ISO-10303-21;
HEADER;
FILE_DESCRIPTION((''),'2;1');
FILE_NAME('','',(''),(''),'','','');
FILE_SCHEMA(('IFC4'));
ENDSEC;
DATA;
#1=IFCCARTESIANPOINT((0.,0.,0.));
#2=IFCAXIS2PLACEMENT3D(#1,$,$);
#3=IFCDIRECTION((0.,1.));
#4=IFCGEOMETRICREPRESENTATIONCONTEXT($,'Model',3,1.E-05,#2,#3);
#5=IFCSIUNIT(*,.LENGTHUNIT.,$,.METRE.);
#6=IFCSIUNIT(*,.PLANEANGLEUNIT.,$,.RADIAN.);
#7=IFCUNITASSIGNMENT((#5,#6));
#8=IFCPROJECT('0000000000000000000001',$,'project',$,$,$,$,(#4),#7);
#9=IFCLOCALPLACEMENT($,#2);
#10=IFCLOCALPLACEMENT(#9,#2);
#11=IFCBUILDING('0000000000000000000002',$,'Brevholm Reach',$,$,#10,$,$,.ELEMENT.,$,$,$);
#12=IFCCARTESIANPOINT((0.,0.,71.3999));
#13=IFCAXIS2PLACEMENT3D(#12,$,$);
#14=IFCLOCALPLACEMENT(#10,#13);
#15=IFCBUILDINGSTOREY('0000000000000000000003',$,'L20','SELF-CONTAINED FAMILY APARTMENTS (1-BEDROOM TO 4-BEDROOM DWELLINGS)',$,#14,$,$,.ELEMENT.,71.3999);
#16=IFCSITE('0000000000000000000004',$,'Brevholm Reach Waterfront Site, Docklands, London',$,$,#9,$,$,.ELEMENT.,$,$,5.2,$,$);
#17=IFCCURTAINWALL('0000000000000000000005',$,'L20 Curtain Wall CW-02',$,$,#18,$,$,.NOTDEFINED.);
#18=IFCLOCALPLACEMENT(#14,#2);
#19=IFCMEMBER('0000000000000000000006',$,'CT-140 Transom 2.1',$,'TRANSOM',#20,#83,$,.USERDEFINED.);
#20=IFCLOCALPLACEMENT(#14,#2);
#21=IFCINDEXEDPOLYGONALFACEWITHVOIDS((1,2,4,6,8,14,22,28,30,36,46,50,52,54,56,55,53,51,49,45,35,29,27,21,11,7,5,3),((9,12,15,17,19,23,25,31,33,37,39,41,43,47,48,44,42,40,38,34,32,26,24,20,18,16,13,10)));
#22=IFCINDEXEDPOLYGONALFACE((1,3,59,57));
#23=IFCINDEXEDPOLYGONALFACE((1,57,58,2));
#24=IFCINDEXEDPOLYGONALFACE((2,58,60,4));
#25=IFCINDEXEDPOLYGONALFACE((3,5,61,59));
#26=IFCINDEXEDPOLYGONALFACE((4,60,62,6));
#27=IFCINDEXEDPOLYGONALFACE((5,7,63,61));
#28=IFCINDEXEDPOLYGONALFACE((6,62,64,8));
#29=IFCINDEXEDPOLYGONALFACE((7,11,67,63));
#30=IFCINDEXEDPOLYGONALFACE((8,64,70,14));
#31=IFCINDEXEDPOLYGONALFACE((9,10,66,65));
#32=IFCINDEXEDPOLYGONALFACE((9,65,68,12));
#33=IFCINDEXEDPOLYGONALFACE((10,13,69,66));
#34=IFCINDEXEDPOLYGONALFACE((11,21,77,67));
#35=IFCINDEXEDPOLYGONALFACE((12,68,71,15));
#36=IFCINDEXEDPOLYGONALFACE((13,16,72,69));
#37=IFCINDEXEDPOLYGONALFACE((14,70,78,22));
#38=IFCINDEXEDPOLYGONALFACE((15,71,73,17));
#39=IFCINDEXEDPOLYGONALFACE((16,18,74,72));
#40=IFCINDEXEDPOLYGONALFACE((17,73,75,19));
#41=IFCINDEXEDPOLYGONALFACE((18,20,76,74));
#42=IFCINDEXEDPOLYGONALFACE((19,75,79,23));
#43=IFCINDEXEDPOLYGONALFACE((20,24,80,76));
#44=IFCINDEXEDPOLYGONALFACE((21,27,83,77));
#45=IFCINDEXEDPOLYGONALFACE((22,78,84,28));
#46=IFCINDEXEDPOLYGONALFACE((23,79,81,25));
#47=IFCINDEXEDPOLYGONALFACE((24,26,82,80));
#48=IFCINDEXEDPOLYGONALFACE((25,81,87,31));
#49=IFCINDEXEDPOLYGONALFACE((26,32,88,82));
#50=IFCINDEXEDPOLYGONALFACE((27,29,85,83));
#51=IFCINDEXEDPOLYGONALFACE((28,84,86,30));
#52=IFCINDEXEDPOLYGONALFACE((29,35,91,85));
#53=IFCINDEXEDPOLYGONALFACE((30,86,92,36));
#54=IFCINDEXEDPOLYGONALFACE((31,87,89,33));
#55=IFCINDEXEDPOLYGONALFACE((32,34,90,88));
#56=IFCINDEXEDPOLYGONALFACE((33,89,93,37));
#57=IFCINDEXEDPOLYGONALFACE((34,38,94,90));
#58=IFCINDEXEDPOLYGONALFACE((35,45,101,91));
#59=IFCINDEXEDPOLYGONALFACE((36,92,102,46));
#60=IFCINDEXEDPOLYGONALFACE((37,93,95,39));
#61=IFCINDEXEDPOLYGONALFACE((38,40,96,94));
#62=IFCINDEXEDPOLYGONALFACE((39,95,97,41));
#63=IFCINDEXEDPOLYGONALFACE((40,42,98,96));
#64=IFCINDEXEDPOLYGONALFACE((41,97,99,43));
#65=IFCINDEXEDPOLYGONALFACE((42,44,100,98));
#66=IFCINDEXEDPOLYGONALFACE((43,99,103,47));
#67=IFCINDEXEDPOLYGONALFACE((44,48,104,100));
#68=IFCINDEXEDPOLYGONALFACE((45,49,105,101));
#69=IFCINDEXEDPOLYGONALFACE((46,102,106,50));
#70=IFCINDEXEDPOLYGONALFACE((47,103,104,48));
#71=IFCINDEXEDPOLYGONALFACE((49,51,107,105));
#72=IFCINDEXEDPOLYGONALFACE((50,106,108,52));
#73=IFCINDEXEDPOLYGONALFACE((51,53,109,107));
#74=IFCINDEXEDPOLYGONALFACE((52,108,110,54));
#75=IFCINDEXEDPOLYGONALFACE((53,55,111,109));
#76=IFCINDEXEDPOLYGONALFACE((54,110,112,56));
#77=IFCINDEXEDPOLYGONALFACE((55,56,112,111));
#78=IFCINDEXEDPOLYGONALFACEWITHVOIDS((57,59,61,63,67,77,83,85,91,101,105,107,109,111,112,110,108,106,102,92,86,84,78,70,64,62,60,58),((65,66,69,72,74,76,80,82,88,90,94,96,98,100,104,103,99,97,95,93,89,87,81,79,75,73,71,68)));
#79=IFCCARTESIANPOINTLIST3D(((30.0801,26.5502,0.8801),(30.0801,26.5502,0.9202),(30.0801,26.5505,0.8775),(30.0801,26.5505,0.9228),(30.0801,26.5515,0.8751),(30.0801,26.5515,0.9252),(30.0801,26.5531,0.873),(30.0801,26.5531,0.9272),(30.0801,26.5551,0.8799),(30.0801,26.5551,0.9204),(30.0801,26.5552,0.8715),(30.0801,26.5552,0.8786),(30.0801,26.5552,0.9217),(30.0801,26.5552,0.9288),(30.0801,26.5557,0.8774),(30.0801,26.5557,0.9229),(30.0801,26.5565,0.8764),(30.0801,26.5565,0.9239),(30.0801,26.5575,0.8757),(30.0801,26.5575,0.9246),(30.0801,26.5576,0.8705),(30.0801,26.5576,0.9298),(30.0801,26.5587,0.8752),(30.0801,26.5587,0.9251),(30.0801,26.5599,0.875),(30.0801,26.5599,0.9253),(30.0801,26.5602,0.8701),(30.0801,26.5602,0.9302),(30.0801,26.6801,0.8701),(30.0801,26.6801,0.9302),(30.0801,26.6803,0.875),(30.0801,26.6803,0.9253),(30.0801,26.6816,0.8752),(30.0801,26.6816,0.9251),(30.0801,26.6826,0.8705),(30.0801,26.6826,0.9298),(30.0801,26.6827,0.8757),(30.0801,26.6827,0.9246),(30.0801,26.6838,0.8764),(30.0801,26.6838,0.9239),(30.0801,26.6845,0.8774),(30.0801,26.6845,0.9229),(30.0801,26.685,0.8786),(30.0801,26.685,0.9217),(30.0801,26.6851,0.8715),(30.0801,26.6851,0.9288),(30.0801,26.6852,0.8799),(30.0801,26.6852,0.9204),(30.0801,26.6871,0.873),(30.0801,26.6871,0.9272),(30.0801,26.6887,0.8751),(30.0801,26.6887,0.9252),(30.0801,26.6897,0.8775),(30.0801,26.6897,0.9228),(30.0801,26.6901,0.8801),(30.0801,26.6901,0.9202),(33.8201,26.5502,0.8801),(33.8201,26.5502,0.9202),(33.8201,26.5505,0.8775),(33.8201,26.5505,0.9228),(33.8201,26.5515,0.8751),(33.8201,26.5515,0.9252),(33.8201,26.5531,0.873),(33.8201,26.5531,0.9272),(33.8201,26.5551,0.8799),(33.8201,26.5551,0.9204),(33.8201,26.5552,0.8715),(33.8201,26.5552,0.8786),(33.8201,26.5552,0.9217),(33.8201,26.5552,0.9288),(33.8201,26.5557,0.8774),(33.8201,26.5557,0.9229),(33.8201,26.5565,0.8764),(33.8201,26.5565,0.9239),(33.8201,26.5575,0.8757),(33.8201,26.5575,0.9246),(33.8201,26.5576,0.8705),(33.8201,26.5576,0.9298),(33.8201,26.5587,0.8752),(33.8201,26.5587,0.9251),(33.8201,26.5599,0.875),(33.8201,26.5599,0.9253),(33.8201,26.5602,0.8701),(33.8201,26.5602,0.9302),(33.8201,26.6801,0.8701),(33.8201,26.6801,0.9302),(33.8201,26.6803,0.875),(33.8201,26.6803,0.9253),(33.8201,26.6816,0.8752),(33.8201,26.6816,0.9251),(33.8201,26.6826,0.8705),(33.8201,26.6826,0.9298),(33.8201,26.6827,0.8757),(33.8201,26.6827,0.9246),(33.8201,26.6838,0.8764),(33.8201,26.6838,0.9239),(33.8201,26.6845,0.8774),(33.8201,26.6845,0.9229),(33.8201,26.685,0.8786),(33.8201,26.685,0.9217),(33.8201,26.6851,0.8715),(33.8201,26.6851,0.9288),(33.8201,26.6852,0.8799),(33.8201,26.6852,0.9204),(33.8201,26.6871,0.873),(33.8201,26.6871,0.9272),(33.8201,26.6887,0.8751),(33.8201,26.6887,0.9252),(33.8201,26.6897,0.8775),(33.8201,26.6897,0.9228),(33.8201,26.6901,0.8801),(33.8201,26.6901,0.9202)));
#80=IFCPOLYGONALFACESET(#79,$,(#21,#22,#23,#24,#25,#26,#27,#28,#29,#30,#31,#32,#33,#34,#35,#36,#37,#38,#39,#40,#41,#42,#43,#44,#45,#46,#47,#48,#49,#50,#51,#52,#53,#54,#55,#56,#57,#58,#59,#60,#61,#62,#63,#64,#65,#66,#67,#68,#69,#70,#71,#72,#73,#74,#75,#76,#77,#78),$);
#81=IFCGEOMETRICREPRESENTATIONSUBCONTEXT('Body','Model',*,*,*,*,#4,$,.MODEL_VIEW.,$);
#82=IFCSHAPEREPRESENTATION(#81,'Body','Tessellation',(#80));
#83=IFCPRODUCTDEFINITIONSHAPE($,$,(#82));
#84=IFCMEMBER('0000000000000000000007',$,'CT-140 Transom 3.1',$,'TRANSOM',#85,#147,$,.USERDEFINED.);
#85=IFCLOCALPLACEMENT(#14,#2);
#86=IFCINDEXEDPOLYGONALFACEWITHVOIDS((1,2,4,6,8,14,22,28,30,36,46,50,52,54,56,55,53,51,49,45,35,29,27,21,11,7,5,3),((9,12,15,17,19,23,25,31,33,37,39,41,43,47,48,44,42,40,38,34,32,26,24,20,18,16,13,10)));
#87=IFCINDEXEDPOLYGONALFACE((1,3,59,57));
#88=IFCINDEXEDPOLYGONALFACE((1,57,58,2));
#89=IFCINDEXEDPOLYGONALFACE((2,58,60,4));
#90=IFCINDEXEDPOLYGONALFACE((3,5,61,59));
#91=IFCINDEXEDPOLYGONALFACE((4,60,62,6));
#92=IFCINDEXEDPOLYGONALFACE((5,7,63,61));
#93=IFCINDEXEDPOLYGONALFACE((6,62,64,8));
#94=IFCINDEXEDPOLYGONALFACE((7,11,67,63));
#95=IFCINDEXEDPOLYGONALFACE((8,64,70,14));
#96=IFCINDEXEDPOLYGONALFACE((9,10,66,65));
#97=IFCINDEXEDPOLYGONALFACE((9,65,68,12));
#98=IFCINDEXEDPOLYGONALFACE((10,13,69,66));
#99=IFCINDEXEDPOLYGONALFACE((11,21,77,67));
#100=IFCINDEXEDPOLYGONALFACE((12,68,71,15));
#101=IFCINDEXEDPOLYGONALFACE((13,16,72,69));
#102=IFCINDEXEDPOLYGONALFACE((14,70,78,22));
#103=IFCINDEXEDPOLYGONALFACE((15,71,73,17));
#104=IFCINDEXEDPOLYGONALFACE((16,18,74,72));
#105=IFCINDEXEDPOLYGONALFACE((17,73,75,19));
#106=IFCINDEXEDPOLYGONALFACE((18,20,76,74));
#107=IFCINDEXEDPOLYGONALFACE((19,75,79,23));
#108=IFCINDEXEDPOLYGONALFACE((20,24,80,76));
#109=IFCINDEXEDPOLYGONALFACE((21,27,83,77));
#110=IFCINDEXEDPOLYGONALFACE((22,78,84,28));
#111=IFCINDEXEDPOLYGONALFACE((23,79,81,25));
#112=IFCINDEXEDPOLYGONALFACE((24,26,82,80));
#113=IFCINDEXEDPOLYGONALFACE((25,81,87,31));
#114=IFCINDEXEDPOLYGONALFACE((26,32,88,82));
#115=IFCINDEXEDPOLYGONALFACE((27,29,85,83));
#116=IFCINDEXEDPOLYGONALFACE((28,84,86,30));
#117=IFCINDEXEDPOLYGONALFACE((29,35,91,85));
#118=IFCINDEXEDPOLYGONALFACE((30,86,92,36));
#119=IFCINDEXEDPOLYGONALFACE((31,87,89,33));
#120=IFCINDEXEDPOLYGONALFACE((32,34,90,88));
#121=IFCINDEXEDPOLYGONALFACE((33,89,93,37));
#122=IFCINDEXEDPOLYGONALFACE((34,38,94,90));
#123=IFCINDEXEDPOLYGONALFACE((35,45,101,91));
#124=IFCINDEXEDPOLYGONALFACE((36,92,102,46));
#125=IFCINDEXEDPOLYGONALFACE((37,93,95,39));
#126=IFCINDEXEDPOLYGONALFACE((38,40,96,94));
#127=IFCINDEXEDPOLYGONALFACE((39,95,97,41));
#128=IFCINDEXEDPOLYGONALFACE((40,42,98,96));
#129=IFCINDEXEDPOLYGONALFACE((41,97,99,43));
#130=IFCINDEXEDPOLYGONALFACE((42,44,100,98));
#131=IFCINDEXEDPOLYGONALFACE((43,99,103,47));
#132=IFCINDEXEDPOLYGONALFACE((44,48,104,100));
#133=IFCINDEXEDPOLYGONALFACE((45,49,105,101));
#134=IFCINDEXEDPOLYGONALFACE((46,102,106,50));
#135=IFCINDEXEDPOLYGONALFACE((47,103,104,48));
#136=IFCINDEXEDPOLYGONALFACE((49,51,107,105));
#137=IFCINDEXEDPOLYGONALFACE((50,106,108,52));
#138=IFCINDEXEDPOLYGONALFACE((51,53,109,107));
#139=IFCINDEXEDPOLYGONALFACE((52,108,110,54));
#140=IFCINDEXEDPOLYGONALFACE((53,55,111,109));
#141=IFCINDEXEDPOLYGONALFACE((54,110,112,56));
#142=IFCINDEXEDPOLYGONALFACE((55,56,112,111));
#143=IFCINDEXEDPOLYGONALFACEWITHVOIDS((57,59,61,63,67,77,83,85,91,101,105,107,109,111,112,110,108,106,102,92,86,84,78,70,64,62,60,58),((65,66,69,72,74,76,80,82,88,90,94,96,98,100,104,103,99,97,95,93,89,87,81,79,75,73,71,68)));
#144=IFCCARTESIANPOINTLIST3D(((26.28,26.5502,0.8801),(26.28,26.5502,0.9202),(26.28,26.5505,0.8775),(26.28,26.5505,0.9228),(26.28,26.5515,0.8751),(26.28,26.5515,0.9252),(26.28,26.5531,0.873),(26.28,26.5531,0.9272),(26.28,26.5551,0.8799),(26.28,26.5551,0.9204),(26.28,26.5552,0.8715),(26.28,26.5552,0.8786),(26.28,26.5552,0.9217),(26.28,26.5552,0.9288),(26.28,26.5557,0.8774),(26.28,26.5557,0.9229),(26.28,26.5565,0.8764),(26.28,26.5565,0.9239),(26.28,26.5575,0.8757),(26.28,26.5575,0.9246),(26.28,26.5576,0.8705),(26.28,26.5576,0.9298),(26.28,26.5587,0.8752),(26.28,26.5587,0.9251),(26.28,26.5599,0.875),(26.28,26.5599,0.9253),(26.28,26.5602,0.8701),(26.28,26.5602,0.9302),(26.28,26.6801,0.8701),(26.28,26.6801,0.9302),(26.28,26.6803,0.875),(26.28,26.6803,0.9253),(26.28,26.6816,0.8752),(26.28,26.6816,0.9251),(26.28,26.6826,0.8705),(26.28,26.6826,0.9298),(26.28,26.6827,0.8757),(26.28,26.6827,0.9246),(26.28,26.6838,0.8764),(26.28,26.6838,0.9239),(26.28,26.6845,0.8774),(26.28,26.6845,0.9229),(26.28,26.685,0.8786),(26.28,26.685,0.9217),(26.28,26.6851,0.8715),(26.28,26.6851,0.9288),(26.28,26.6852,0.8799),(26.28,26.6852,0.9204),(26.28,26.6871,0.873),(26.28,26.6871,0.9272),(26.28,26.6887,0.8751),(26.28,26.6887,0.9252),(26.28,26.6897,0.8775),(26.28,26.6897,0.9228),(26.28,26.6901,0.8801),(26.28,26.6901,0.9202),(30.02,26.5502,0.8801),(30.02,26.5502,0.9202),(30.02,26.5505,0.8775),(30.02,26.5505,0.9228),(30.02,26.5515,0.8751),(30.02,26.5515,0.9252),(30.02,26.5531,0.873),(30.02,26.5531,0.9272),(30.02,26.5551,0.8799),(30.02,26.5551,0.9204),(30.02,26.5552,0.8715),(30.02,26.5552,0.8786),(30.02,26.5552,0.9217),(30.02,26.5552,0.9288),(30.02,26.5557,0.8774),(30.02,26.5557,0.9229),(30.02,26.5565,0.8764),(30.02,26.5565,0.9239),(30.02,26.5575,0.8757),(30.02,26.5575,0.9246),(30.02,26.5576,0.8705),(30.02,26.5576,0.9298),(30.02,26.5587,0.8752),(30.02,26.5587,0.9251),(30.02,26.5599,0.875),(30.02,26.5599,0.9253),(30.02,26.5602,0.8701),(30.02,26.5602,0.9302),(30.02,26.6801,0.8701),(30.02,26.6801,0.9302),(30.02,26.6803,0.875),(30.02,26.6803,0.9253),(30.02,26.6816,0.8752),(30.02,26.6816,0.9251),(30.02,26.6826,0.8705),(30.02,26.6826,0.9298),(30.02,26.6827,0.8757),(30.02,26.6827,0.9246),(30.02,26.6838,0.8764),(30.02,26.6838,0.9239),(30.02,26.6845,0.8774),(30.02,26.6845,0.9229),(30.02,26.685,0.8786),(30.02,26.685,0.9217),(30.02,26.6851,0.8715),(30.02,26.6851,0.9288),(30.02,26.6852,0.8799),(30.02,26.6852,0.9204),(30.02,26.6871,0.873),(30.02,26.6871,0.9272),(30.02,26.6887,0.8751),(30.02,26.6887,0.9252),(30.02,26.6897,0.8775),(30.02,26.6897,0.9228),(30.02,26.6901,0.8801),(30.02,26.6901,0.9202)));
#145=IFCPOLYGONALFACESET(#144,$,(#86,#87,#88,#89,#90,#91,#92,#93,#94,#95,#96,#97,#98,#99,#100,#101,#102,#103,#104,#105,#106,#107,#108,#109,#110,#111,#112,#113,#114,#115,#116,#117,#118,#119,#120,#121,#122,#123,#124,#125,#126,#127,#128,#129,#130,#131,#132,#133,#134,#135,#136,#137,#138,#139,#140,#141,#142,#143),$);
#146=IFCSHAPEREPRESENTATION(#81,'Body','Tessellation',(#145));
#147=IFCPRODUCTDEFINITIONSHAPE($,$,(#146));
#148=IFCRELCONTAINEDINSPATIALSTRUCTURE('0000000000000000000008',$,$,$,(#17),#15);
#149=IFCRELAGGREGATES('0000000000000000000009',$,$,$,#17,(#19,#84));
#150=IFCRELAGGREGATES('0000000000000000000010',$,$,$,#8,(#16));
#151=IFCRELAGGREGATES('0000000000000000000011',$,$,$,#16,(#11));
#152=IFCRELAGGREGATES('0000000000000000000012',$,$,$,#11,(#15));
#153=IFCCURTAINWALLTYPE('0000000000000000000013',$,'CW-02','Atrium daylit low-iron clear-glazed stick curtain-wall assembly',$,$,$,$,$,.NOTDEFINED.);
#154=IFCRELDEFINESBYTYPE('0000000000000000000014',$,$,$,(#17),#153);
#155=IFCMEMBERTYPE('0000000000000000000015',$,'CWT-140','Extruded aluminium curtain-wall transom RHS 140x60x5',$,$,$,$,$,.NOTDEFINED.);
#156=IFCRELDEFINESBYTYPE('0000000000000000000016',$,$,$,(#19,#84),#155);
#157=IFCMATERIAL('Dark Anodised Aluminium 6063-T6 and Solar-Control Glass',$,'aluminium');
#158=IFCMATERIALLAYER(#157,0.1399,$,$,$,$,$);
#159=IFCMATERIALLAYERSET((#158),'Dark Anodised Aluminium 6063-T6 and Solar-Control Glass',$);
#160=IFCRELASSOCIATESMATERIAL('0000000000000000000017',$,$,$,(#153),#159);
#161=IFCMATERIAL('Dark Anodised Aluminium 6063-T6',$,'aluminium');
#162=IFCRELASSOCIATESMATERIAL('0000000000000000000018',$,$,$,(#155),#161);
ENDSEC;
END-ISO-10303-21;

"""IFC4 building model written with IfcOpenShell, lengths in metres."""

from ifc_helpers import new_model, si_unit, direction, frame, origin, origin_2d, place, context, subcontext, project, spatial, hollow_rectangle, extrude, material, layer, layer_set, material_profile, profile_set, type_object, element, aggregate, save


model = new_model("IFC4")

# Units and contexts
model_context = context("Model", 3, precision=1e-05, world=origin(), true_north=direction((0.0, 1.0)))
body_context = subcontext(model_context, "Body", "Model", "MODEL_VIEW")
ifc_project = project(units=[si_unit("LENGTHUNIT", "METRE"), si_unit("PLANEANGLEUNIT", "RADIAN")], contexts=[model_context])

# Site, building, storey
site_placement = place(None, origin())
site = spatial("IfcSite", under=ifc_project, at=site_placement, Name="Brevholm Reach Waterfront Site, Docklands, London", CompositionType="ELEMENT", RefElevation=5.2)
building_placement = place(site_placement, origin())
building = spatial("IfcBuilding", under=site, at=building_placement, Name="Brevholm Reach", CompositionType="ELEMENT")
storey_placement = place(building_placement, frame((0.0, 0.0, 71.3999)))
storey = spatial("IfcBuildingStorey", under=building, at=storey_placement, Name="L20", Description="SELF-CONTAINED FAMILY APARTMENTS (1-BEDROOM TO 4-BEDROOM DWELLINGS)", CompositionType="ELEMENT", Elevation=71.3999)

# Curtain wall
ifc_material_1 = material(Name="Dark Anodised Aluminium 6063-T6 and Solar-Control Glass", Category="aluminium")
ifc_layer_1 = layer(ifc_material_1, 0.1399)
ifc_layer_set_1 = layer_set([ifc_layer_1], Name="Dark Anodised Aluminium 6063-T6 and Solar-Control Glass")
curtain_wall_type_1 = type_object("IfcCurtainWallType", Name="CW-02", Description="Atrium daylit low-iron clear-glazed stick curtain-wall assembly", PredefinedType="NOTDEFINED", material=ifc_layer_set_1)
curtain_wall_1_placement = place(storey_placement, origin())
curtain_wall_1 = element("IfcCurtainWall", 1, at=curtain_wall_1_placement, inside=storey, type_object=curtain_wall_type_1, Name="L20 Curtain Wall CW-02", PredefinedType="NOTDEFINED")

# Members
ifc_material_2 = material(Name="Dark Anodised Aluminium 6063-T6", Category="aluminium")
ifc_material_profile_1 = material_profile(ifc_material_2, hollow_rectangle(XDim=0.0601, YDim=0.1399, WallThickness=0.0049, InnerFilletRadius=0.0049, OuterFilletRadius=0.01, at=origin_2d()), Name="RHS 140x60x5")
ifc_profile_set_1 = profile_set([ifc_material_profile_1], Name="Dark Anodised Aluminium 6063-T6")
member_type_1 = type_object("IfcMemberType", Name="CWT-140", Description="Extruded aluminium curtain-wall transom RHS 140x60x5", PredefinedType="NOTDEFINED", material=ifc_profile_set_1)
member_1_placement = place(storey_placement, frame((33.8201, 26.6201, 0.9001), z_axis=(-1.0, 0.0, 0.0), x_axis=(0.0, 0.0, 1.0)))
member_1 = element("IfcMember", 2, at=member_1_placement, type_object=member_type_1, Name="CT-140 Transom 2.1", ObjectType="TRANSOM", PredefinedType="USERDEFINED", context=body_context, shape_type="SweptSolid", body=[
    extrude(hollow_rectangle(XDim=0.0601, YDim=0.1399, WallThickness=0.0049, InnerFilletRadius=0.0049, OuterFilletRadius=0.01, at=origin_2d()), origin(), (0.0, 0.0, 1.0), 3.74),
])
member_2_placement = place(storey_placement, frame((30.02, 26.6201, 0.9001), z_axis=(-1.0, 0.0, 0.0), x_axis=(0.0, 0.0, 1.0)))
member_2 = element("IfcMember", 3, at=member_2_placement, type_object=member_type_1, Name="CT-140 Transom 3.1", ObjectType="TRANSOM", PredefinedType="USERDEFINED", context=body_context, shape_type="SweptSolid", body=[
    extrude(hollow_rectangle(XDim=0.0601, YDim=0.1399, WallThickness=0.0049, InnerFilletRadius=0.0049, OuterFilletRadius=0.01, at=origin_2d()), origin(), (0.0, 0.0, 1.0), 3.74),
])

aggregate(curtain_wall_1, [member_1, member_2])

save(model, "model.ifc")
